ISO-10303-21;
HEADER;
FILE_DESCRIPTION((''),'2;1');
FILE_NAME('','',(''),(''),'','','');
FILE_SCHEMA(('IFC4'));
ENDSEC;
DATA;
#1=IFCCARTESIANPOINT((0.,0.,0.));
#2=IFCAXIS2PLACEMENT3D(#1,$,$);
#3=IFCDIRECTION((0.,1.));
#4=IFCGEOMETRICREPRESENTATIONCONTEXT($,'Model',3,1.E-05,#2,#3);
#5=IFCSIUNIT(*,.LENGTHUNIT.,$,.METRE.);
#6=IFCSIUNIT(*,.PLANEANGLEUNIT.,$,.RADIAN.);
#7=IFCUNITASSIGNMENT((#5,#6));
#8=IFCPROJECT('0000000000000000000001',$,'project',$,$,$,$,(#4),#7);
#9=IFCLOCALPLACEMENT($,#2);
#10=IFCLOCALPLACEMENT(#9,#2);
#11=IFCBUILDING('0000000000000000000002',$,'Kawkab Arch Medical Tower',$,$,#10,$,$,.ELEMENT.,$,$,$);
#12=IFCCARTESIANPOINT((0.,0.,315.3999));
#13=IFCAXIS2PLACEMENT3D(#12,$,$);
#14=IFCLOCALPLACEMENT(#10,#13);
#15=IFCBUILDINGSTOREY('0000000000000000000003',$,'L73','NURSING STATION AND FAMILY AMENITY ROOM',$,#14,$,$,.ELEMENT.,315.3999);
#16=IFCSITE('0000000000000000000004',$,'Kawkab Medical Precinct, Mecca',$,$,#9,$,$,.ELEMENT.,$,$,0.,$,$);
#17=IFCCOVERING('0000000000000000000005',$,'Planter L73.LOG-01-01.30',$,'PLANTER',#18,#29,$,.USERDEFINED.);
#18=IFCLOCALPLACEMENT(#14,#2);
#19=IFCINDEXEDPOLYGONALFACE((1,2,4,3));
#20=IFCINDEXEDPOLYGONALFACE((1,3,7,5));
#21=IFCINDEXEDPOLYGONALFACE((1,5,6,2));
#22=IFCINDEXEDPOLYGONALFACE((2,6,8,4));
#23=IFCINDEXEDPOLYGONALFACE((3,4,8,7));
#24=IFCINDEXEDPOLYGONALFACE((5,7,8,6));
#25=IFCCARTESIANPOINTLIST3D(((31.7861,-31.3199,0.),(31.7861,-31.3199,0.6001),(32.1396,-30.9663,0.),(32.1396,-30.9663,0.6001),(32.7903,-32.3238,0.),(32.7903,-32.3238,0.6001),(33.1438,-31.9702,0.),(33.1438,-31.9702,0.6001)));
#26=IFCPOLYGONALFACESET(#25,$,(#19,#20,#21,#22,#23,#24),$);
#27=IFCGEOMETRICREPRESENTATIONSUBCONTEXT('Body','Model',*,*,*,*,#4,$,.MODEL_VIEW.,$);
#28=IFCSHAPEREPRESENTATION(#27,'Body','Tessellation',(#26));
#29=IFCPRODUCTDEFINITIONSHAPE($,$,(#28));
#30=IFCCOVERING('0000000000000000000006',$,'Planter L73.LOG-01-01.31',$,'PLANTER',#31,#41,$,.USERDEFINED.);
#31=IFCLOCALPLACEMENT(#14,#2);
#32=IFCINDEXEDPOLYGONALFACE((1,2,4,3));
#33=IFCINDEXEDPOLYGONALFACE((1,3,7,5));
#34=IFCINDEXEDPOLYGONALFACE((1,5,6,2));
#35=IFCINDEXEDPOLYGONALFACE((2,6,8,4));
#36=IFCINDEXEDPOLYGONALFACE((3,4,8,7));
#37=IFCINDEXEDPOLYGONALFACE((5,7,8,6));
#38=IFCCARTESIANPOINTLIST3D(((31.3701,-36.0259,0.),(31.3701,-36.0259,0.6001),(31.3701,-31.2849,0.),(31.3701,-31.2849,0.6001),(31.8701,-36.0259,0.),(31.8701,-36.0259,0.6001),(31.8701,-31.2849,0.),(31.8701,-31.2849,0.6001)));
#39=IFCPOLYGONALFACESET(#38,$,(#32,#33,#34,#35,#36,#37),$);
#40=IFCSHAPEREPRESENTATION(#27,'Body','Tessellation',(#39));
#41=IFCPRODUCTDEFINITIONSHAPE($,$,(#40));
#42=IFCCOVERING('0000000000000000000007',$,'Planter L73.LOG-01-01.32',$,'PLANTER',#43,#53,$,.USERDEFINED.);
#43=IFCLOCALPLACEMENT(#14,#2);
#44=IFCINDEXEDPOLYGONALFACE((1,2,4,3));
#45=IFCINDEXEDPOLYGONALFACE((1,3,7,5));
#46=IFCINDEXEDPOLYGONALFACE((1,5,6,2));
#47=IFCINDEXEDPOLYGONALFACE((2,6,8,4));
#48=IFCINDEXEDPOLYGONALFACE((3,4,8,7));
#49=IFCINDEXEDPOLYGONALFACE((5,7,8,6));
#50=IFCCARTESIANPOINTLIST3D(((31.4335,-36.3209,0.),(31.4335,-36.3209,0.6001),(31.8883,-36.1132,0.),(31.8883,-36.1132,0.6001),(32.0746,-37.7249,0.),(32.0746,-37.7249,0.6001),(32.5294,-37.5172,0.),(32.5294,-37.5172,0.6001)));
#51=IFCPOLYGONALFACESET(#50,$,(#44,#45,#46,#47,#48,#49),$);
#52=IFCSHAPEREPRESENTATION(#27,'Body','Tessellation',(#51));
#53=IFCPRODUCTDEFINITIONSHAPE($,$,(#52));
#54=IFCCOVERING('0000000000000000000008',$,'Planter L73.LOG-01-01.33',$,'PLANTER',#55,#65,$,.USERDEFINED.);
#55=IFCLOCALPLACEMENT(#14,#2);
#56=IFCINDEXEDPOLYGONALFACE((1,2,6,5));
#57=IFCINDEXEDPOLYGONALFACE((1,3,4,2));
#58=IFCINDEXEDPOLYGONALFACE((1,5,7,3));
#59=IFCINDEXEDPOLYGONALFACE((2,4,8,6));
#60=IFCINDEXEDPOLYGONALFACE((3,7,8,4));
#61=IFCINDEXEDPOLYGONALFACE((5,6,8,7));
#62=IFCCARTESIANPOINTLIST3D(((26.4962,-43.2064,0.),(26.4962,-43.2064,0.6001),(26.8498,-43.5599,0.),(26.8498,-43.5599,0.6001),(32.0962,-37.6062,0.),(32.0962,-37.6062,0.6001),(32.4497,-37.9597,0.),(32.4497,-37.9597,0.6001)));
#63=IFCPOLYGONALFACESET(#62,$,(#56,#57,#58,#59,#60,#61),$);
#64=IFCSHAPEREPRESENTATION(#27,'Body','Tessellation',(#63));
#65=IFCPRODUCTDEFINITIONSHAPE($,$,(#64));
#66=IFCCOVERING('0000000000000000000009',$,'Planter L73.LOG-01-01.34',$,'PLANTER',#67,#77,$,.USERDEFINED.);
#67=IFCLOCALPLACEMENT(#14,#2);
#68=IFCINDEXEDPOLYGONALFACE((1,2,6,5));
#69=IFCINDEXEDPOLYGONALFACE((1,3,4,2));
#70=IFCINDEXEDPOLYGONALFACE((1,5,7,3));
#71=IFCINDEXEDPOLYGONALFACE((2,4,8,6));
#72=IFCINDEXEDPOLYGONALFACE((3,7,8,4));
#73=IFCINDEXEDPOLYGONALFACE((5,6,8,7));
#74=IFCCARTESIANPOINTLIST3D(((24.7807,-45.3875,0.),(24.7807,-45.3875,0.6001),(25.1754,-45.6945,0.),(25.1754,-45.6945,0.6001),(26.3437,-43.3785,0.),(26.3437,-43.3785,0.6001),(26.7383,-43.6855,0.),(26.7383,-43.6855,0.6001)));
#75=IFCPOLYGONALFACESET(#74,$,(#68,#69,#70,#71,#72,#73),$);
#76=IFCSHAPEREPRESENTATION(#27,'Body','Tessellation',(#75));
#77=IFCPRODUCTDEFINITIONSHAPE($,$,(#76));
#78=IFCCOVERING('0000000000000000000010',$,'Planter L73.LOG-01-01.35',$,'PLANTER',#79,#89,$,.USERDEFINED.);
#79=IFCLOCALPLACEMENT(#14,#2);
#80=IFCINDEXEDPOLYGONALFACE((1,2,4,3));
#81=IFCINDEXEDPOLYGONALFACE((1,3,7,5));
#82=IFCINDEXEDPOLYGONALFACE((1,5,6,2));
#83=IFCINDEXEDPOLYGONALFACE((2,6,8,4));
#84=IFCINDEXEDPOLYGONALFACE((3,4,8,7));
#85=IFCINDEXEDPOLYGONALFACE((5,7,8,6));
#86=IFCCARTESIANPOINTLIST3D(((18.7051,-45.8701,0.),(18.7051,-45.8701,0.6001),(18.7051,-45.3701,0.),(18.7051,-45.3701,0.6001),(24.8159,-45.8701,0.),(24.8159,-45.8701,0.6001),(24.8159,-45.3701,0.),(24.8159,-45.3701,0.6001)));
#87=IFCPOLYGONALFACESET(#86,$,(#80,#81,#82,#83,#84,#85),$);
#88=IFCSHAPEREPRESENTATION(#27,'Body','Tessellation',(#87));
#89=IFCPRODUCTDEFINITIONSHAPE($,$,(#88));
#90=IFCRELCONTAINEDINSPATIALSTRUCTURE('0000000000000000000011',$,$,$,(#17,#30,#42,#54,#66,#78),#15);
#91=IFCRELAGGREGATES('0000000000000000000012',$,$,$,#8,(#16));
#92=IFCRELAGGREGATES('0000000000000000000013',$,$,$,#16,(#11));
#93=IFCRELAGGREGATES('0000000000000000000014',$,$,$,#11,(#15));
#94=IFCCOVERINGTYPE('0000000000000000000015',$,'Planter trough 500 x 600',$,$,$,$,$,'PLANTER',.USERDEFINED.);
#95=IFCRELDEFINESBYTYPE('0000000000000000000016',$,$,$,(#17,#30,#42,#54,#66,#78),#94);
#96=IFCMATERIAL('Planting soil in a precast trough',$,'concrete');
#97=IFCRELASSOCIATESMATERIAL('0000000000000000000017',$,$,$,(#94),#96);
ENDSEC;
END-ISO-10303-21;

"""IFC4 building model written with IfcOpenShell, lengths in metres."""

from ifc_helpers import new_model, si_unit, direction, frame, origin, origin_2d, place, context, subcontext, project, spatial, rectangle, extrude, material, material_profile, profile_set, type_object, element, save


model = new_model("IFC4")

# Units and contexts
model_context = context("Model", 3, precision=1e-05, world=origin(), true_north=direction((0.0, 1.0)))
body_context = subcontext(model_context, "Body", "Model", "MODEL_VIEW")
ifc_project = project(units=[si_unit("LENGTHUNIT", "METRE"), si_unit("PLANEANGLEUNIT", "RADIAN")], contexts=[model_context])

# Site, building, storey
site_placement = place(None, origin())
site = spatial("IfcSite", under=ifc_project, at=site_placement, Name="Kawkab Medical Precinct, Mecca", CompositionType="ELEMENT", RefElevation=0.0)
building_placement = place(site_placement, origin())
building = spatial("IfcBuilding", under=site, at=building_placement, Name="Kawkab Arch Medical Tower", CompositionType="ELEMENT")
storey_placement = place(building_placement, frame((0.0, 0.0, 315.3999)))
storey = spatial("IfcBuildingStorey", under=building, at=storey_placement, Name="L73", Description="NURSING STATION AND FAMILY AMENITY ROOM", CompositionType="ELEMENT", Elevation=315.3999)

# Coverings
ifc_material_1 = material(Name="Planting soil in a precast trough", Category="concrete")
ifc_material_profile_1 = material_profile(ifc_material_1, rectangle(XDim=0.5, YDim=0.6001, at=origin_2d()), Name="Trough 500x600")
ifc_profile_set_1 = profile_set([ifc_material_profile_1], Name="Planting soil in a precast trough")
covering_type_1 = type_object("IfcCoveringType", Name="Planter trough 500 x 600", ElementType="PLANTER", PredefinedType="USERDEFINED", material=ifc_profile_set_1)
covering_1_placement = place(storey_placement, frame((32.967, -32.147, 0.3), z_axis=(-0.707193, 0.707021, 0.0), x_axis=(-0.707021, -0.707193, 0.0)))
element("IfcCovering", 1, at=covering_1_placement, inside=storey, type_object=covering_type_1, Name="Planter L73.LOG-01-01.30", ObjectType="PLANTER", PredefinedType="USERDEFINED", context=body_context, shape_type="SweptSolid", body=[
    extrude(rectangle(XDim=0.5, YDim=0.6001, at=origin_2d()), origin(), (0.0, 0.0, 1.0), 1.4199),
])
covering_2_placement = place(storey_placement, frame((31.6201, -31.2849, 0.3), z_axis=(0.0, -1.0, 0.0), x_axis=(1.0, 0.0, 0.0)))
element("IfcCovering", 2, at=covering_2_placement, inside=storey, type_object=covering_type_1, Name="Planter L73.LOG-01-01.31", ObjectType="PLANTER", PredefinedType="USERDEFINED", context=body_context, shape_type="SweptSolid", body=[
    extrude(rectangle(XDim=0.5, YDim=0.6001, at=origin_2d()), origin(), (0.0, 0.0, 1.0), 4.741),
])
covering_3_placement = place(storey_placement, frame((31.6609, -36.217, 0.3), z_axis=(0.415363, -0.909656, 0.0), x_axis=(0.909656, 0.415363, 0.0)))
element("IfcCovering", 3, at=covering_3_placement, inside=storey, type_object=covering_type_1, Name="Planter L73.LOG-01-01.32", ObjectType="PLANTER", PredefinedType="USERDEFINED", context=body_context, shape_type="SweptSolid", body=[
    extrude(rectangle(XDim=0.5, YDim=0.6001, at=origin_2d()), origin(), (0.0, 0.0, 1.0), 1.5435),
])
covering_4_placement = place(storey_placement, frame((32.2729, -37.783, 0.3), z_axis=(-0.707091, -0.707122, 0.0), x_axis=(0.707122, -0.707091, 0.0)))
element("IfcCovering", 4, at=covering_4_placement, inside=storey, type_object=covering_type_1, Name="Planter L73.LOG-01-01.33", ObjectType="PLANTER", PredefinedType="USERDEFINED", context=body_context, shape_type="SweptSolid", body=[
    extrude(rectangle(XDim=0.5, YDim=0.6001, at=origin_2d()), origin(), (0.0, 0.0, 1.0), 7.9197),
])
covering_5_placement = place(storey_placement, frame((26.541, -43.532, 0.3), z_axis=(-0.61404, -0.789275, 0.0), x_axis=(0.789275, -0.61404, 0.0)))
element("IfcCovering", 5, at=covering_5_placement, inside=storey, type_object=covering_type_1, Name="Planter L73.LOG-01-01.34", ObjectType="PLANTER", PredefinedType="USERDEFINED", context=body_context, shape_type="SweptSolid", body=[
    extrude(rectangle(XDim=0.5, YDim=0.6001, at=origin_2d()), origin(), (0.0, 0.0, 1.0), 2.5454),
])
covering_6_placement = place(storey_placement, frame((24.8159, -45.6201, 0.3), z_axis=(-1.0, 0.0, 0.0), x_axis=(0.0, -1.0, 0.0)))
element("IfcCovering", 6, at=covering_6_placement, inside=storey, type_object=covering_type_1, Name="Planter L73.LOG-01-01.35", ObjectType="PLANTER", PredefinedType="USERDEFINED", context=body_context, shape_type="SweptSolid", body=[
    extrude(rectangle(XDim=0.5, YDim=0.6001, at=origin_2d()), origin(), (0.0, 0.0, 1.0), 6.1108),
])

save(model, "model.ifc")
